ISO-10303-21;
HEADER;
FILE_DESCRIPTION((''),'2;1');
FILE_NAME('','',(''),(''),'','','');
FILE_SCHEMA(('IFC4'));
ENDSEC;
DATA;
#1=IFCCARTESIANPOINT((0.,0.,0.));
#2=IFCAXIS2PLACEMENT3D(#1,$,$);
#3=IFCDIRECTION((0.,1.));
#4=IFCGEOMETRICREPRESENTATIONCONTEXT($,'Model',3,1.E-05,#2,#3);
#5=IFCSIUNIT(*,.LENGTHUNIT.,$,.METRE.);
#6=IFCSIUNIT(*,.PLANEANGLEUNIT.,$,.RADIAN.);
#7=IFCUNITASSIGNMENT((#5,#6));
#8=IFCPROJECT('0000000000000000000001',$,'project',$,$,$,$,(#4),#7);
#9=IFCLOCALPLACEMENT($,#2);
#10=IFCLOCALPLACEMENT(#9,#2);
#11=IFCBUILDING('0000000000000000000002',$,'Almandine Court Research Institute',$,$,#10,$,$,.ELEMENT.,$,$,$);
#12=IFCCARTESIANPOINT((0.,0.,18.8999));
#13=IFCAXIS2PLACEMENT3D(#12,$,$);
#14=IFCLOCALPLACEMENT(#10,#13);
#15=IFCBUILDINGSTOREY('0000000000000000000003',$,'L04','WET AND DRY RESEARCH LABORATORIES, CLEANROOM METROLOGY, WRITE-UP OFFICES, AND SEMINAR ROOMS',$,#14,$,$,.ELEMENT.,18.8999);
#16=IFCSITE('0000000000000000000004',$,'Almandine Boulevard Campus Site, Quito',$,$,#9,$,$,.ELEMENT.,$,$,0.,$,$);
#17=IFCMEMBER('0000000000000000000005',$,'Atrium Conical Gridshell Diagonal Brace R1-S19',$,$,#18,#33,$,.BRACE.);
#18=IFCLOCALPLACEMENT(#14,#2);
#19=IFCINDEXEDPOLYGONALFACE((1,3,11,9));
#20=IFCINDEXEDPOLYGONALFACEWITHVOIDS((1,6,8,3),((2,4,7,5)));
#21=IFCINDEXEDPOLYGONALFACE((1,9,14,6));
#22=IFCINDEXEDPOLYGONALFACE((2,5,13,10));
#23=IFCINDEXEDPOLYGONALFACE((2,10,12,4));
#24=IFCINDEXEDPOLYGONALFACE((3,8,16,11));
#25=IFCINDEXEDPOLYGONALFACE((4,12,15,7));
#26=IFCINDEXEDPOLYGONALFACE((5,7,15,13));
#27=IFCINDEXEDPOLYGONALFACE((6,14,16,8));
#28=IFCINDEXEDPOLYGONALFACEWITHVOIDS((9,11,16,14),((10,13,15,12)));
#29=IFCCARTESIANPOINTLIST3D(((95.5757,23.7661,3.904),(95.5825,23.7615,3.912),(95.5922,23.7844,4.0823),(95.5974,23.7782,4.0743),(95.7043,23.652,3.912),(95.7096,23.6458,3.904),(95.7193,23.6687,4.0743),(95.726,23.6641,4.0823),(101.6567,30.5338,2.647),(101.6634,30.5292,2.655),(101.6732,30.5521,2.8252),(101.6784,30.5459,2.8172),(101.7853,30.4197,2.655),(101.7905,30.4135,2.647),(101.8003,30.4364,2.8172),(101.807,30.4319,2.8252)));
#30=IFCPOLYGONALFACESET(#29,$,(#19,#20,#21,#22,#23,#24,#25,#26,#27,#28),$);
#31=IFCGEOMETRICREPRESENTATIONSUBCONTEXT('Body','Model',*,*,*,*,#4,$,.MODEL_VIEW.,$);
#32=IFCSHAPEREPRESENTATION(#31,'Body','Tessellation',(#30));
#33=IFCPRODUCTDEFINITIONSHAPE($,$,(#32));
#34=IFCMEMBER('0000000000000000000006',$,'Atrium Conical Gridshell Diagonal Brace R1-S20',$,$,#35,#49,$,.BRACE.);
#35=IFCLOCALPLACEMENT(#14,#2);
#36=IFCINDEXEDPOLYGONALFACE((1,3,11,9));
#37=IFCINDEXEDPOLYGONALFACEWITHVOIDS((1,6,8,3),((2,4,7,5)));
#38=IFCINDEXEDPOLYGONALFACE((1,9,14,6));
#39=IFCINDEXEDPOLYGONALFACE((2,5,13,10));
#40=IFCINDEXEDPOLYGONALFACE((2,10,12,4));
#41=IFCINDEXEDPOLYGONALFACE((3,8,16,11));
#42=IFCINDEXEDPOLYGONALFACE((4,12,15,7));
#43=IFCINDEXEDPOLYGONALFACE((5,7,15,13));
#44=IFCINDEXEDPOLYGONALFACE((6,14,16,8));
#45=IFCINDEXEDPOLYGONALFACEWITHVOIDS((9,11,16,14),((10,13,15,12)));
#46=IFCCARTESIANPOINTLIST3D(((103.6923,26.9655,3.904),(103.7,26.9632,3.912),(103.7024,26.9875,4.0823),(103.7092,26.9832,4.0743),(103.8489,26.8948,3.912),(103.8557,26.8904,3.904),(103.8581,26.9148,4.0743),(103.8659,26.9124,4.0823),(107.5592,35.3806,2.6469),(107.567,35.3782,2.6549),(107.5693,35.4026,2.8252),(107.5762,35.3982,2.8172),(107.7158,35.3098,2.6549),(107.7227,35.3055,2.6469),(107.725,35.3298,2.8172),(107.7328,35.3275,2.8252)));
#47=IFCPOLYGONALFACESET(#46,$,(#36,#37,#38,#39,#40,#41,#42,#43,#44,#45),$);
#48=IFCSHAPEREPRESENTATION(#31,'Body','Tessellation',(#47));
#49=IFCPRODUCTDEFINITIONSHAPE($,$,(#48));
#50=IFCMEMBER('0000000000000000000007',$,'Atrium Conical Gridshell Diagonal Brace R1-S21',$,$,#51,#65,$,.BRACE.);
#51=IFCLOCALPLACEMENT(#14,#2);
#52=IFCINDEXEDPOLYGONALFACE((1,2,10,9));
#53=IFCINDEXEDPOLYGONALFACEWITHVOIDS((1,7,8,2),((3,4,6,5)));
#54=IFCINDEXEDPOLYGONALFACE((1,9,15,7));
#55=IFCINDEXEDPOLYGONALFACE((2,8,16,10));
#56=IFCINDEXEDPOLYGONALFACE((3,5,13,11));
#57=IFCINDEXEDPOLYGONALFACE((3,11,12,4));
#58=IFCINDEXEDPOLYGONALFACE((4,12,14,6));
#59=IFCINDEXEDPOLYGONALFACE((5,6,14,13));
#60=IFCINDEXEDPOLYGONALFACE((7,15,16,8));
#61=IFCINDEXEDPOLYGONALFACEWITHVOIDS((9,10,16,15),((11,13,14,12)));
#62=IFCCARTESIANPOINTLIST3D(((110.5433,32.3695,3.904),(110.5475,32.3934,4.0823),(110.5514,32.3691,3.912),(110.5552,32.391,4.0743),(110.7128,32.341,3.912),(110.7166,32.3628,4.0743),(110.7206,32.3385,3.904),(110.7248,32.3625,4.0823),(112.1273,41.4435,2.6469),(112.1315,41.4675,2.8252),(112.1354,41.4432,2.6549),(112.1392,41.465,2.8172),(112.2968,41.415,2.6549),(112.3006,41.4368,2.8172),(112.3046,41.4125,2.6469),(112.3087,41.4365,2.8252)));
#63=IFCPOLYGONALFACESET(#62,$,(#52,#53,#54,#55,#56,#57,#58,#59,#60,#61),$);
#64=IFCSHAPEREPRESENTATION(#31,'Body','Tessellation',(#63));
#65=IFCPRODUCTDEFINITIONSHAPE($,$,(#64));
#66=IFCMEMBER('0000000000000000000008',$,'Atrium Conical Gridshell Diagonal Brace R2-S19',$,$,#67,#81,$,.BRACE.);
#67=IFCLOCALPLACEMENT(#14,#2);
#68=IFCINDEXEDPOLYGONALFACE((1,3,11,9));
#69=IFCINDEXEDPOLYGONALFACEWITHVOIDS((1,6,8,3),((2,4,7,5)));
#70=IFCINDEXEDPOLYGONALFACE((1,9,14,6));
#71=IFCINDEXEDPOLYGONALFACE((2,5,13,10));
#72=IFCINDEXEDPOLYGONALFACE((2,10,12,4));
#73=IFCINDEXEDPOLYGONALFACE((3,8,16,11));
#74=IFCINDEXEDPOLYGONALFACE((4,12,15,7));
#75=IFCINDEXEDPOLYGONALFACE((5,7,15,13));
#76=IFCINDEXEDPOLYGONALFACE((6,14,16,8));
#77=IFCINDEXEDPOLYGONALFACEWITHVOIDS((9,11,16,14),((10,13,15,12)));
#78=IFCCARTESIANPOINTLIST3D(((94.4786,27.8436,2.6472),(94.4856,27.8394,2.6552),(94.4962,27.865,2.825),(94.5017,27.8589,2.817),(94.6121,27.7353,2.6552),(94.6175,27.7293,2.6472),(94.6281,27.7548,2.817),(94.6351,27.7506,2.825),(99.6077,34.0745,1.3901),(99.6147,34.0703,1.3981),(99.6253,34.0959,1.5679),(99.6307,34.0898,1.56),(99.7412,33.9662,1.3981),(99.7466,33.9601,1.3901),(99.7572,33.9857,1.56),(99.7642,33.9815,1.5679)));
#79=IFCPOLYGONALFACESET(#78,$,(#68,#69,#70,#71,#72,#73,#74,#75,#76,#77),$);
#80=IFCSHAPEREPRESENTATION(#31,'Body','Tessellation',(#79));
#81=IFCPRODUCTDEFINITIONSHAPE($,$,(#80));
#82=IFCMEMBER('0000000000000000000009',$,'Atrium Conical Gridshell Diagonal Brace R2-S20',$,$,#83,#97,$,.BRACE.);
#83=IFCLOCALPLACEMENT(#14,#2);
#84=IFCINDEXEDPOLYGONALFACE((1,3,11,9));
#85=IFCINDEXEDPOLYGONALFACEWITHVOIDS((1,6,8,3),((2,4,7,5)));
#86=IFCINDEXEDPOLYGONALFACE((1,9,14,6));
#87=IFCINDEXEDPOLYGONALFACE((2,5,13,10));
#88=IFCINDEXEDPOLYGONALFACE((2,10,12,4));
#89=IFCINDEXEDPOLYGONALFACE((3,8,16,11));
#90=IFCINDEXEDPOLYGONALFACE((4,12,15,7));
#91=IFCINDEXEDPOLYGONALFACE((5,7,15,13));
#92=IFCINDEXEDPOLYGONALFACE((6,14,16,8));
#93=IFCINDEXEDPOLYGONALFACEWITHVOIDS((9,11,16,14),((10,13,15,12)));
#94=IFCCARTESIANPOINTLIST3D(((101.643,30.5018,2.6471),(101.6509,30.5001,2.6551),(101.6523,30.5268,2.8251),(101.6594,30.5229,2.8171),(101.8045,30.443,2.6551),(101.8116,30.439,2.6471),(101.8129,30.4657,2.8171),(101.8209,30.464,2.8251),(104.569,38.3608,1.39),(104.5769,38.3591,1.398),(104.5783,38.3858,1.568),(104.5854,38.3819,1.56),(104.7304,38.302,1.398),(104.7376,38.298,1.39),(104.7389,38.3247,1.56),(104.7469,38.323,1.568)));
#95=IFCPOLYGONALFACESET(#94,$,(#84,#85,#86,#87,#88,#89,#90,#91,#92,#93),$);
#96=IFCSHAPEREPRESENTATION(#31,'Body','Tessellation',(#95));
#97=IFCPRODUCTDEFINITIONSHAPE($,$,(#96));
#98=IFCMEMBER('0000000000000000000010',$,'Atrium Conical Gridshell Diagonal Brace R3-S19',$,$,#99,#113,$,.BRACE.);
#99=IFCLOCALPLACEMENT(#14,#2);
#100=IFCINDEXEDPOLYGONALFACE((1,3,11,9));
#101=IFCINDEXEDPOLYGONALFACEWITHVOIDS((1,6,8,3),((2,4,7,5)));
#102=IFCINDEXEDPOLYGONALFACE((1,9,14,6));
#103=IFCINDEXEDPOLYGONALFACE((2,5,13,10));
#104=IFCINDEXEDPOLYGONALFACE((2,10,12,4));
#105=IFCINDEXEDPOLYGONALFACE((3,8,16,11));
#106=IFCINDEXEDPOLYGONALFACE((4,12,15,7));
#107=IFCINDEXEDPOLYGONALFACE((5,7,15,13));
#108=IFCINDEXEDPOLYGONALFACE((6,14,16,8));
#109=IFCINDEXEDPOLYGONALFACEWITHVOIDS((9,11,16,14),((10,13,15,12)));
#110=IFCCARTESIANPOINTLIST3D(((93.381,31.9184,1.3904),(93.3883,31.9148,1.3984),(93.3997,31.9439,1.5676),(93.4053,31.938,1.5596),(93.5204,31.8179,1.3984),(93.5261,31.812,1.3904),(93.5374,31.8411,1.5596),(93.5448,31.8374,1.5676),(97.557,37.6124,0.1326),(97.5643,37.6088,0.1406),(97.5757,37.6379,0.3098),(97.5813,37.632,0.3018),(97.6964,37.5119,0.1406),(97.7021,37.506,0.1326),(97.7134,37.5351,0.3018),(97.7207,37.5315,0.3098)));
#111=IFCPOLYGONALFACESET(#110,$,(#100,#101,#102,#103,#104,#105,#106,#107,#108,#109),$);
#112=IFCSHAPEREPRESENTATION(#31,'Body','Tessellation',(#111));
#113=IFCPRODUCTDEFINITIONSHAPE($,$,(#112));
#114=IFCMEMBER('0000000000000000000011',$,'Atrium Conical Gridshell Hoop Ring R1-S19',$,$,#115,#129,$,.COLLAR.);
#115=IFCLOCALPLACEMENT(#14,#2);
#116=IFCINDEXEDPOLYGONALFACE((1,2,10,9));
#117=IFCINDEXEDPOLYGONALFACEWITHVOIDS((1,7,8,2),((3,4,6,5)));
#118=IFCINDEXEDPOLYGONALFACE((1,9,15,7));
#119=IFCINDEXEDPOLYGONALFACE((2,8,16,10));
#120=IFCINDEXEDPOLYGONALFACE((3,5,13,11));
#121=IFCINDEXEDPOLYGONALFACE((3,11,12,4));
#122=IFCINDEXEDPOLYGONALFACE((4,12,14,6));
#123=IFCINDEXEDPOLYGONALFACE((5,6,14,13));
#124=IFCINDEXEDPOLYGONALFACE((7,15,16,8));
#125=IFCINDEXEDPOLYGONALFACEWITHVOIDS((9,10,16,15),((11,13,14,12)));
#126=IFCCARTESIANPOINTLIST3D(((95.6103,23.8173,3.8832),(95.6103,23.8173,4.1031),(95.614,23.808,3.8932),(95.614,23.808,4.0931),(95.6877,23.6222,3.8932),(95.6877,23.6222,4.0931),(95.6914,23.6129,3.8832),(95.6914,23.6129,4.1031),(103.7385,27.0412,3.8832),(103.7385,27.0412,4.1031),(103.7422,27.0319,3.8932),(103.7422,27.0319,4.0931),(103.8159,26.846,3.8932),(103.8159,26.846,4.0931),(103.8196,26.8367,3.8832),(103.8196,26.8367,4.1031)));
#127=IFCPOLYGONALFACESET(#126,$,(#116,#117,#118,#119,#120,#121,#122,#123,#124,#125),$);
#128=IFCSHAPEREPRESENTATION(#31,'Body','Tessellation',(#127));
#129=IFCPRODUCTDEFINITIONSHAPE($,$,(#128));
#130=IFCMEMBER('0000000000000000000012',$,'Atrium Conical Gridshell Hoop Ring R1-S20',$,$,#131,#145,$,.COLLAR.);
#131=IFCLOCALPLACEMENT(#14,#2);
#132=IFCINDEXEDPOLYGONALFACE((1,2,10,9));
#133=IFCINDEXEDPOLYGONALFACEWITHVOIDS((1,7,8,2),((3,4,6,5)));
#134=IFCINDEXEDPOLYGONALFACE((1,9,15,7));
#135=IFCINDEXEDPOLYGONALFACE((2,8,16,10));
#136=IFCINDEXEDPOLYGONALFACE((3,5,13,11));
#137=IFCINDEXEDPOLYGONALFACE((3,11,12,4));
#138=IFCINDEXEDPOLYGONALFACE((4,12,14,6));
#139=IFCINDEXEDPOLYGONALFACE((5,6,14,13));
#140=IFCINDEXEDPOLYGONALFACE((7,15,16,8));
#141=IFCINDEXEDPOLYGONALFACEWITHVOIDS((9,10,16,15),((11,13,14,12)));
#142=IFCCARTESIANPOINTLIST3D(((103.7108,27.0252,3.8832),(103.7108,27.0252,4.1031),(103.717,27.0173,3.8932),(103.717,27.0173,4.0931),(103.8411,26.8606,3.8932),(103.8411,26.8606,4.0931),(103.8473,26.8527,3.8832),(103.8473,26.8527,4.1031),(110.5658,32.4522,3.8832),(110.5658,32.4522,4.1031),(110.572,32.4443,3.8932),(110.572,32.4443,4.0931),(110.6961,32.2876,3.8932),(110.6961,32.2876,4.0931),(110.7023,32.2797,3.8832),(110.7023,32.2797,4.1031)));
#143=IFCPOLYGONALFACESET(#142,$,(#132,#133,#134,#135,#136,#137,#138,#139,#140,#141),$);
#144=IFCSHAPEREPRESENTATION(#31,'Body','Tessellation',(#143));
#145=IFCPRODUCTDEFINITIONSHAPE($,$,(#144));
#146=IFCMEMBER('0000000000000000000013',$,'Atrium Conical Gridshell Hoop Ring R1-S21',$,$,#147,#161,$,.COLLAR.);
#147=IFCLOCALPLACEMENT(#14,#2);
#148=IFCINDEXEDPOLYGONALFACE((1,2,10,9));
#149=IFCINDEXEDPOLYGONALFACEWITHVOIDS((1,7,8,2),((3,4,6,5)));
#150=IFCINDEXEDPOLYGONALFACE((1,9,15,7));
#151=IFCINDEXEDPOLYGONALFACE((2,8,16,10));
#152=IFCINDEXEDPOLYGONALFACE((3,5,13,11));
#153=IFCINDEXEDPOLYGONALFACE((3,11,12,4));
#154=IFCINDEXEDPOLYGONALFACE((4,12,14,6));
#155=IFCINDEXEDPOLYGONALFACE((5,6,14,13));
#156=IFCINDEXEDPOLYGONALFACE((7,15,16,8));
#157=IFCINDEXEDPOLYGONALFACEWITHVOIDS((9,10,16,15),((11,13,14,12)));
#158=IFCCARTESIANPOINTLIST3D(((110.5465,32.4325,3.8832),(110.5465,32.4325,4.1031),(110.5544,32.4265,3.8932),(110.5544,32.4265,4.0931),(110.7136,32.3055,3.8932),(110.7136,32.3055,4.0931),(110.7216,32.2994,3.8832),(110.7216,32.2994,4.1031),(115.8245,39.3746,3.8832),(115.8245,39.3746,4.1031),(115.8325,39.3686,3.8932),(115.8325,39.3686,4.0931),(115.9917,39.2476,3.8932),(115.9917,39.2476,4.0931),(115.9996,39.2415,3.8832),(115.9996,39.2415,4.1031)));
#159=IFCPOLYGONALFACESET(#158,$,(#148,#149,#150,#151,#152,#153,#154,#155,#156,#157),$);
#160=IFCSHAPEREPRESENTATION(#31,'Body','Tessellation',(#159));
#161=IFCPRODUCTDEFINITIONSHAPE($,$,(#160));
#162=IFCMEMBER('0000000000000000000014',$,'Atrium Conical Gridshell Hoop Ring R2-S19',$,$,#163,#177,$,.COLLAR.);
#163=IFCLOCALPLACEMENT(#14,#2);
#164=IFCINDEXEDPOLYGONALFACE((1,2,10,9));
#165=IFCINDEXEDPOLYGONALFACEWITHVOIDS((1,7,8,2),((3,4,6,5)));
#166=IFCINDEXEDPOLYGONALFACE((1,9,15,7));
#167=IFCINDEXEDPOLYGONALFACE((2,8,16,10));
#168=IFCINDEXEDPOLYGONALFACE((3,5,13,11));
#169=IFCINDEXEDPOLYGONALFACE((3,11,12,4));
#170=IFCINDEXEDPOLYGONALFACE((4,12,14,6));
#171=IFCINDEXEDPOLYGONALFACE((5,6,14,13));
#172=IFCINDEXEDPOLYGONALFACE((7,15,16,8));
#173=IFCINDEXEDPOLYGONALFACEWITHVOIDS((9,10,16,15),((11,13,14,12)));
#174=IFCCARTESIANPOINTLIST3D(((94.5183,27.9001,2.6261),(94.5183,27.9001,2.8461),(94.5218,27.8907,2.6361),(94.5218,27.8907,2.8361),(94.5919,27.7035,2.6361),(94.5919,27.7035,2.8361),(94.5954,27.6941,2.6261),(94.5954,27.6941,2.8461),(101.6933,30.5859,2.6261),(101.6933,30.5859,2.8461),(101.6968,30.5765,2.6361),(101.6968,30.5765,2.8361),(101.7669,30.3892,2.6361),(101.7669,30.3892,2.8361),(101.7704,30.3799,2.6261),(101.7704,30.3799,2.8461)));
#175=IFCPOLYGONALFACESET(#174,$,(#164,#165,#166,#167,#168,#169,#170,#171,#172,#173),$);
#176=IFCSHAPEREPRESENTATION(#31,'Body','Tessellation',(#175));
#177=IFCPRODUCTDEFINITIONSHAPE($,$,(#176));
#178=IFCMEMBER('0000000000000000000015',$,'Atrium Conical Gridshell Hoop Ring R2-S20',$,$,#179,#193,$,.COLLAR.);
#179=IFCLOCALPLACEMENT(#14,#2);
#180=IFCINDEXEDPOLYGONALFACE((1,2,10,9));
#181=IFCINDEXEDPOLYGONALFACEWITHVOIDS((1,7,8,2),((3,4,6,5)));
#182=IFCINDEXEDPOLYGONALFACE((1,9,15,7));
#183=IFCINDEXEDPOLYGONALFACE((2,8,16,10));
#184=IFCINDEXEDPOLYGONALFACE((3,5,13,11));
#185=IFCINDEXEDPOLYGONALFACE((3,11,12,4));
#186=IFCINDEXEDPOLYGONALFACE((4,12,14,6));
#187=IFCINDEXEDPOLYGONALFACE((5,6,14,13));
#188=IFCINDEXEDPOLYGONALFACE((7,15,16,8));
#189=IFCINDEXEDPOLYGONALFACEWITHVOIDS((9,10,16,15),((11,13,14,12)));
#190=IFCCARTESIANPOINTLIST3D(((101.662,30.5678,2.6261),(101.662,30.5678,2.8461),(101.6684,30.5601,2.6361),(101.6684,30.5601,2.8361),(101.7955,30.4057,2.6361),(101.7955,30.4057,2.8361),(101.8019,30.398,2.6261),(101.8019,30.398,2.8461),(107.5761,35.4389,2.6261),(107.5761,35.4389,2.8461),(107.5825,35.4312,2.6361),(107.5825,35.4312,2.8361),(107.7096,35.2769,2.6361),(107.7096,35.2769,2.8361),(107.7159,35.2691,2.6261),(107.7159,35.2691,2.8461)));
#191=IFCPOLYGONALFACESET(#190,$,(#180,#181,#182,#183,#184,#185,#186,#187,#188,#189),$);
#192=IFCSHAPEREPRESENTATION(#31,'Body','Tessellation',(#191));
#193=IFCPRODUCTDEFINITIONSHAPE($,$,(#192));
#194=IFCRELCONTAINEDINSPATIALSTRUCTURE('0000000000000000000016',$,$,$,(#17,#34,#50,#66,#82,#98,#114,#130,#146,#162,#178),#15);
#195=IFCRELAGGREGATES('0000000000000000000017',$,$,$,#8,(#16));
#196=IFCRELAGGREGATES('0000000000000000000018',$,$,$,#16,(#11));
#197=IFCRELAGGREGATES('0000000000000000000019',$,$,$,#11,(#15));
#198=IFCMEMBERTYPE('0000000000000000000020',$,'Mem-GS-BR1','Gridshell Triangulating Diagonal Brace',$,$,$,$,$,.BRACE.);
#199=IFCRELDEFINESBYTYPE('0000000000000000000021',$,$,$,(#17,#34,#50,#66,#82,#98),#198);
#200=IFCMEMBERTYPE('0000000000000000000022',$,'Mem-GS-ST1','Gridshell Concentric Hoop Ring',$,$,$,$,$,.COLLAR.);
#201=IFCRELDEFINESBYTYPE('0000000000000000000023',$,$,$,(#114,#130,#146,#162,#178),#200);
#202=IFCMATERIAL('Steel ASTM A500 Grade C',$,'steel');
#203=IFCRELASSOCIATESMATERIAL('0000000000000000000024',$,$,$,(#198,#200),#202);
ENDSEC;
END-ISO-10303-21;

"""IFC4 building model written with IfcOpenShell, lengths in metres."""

from ifc_helpers import new_model, si_unit, direction, frame, origin, origin_2d, place, context, subcontext, project, spatial, hollow_rectangle, extrude, material, material_profile, profile_set, type_object, element, save


model = new_model("IFC4")

# Units and contexts
model_context = context("Model", 3, precision=1e-05, world=origin(), true_north=direction((0.0, 1.0)))
body_context = subcontext(model_context, "Body", "Model", "MODEL_VIEW")
ifc_project = project(units=[si_unit("LENGTHUNIT", "METRE"), si_unit("PLANEANGLEUNIT", "RADIAN")], contexts=[model_context])

# Site, building, storey
site_placement = place(None, origin())
site = spatial("IfcSite", under=ifc_project, at=site_placement, Name="Almandine Boulevard Campus Site, Quito", CompositionType="ELEMENT", RefElevation=0.0)
building_placement = place(site_placement, origin())
building = spatial("IfcBuilding", under=site, at=building_placement, Name="Almandine Court Research Institute", CompositionType="ELEMENT")
storey_placement = place(building_placement, frame((0.0, 0.0, 18.8999)))
storey = spatial("IfcBuildingStorey", under=building, at=storey_placement, Name="L04", Description="WET AND DRY RESEARCH LABORATORIES, CLEANROOM METROLOGY, WRITE-UP OFFICES, AND SEMINAR ROOMS", CompositionType="ELEMENT", Elevation=18.8999)

# Shared definitions
ifc_material_1 = material(Name="Steel ASTM A500 Grade C", Category="steel")

# Members
ifc_material_profile_1 = material_profile(ifc_material_1, hollow_rectangle(XDim=0.1799, YDim=0.1799, WallThickness=0.0081, at=origin_2d()), Name="HSS 180x180x8")
ifc_profile_set_1 = profile_set([ifc_material_profile_1], Name="Steel ASTM A500 Grade C")
member_type_1 = type_object("IfcMemberType", Name="Mem-GS-BR1", Description="Gridshell Triangulating Diagonal Brace", PredefinedType="BRACE", material=ifc_profile_set_1)
member_1_placement = place(storey_placement, frame((95.6509, 23.7151, 3.9932), z_axis=(0.662069, 0.73684, -0.136863), x_axis=(-0.74384, 0.668358, 0.0)))
element("IfcMember", 1, at=member_1_placement, inside=storey, type_object=member_type_1, Name="Atrium Conical Gridshell Diagonal Brace R1-S19", PredefinedType="BRACE", context=body_context, shape_type="SweptSolid", body=[
    extrude(hollow_rectangle(XDim=0.1799, YDim=0.1799, WallThickness=0.0081, at=origin_2d()), origin(), (0.0, 0.0, 1.0), 9.1848),
])
member_2_placement = place(storey_placement, frame((103.7791, 26.939, 3.9932), z_axis=(0.413757, 0.900396, -0.134506), x_axis=(-0.908653, 0.417551, 0.0)))
element("IfcMember", 2, at=member_2_placement, inside=storey, type_object=member_type_1, Name="Atrium Conical Gridshell Diagonal Brace R1-S20", PredefinedType="BRACE", context=body_context, shape_type="SweptSolid", body=[
    extrude(hollow_rectangle(XDim=0.1799, YDim=0.1799, WallThickness=0.0081, at=origin_2d()), origin(), (0.0, 0.0, 1.0), 9.3459),
])
member_3_placement = place(storey_placement, frame((110.634, 32.366, 3.9932), z_axis=(0.170384, 0.976056, -0.13522), x_axis=(-0.985103, 0.171963, 0.0)))
element("IfcMember", 3, at=member_3_placement, inside=storey, type_object=member_type_1, Name="Atrium Conical Gridshell Diagonal Brace R1-S21", PredefinedType="BRACE", context=body_context, shape_type="SweptSolid", body=[
    extrude(hollow_rectangle(XDim=0.1799, YDim=0.1799, WallThickness=0.0081, at=origin_2d()), origin(), (0.0, 0.0, 1.0), 9.2966),
])
member_4_placement = place(storey_placement, frame((94.5569, 27.7971, 2.7361), z_axis=(0.627971, 0.762867, -0.153906), x_axis=(-0.772066, 0.635543, 0.0)))
element("IfcMember", 4, at=member_4_placement, inside=storey, type_object=member_type_1, Name="Atrium Conical Gridshell Diagonal Brace R2-S19", PredefinedType="BRACE", context=body_context, shape_type="SweptSolid", body=[
    extrude(hollow_rectangle(XDim=0.1799, YDim=0.1799, WallThickness=0.0081, at=origin_2d()), origin(), (0.0, 0.0, 1.0), 8.1677),
])
member_5_placement = place(storey_placement, frame((101.7319, 30.4829, 2.7361), z_axis=(0.345056, 0.926801, -0.148243), x_axis=(-0.937156, 0.348912, 0.0)))
element("IfcMember", 5, at=member_5_placement, inside=storey, type_object=member_type_1, Name="Atrium Conical Gridshell Diagonal Brace R2-S20", PredefinedType="BRACE", context=body_context, shape_type="SweptSolid", body=[
    extrude(hollow_rectangle(XDim=0.1799, YDim=0.1799, WallThickness=0.0081, at=origin_2d()), origin(), (0.0, 0.0, 1.0), 8.4797),
])
member_6_placement = place(storey_placement, frame((93.4629, 31.8779, 1.479), z_axis=(0.582232, 0.793884, -0.175367), x_axis=(-0.806381, 0.591397, 0.0)))
element("IfcMember", 6, at=member_6_placement, inside=storey, type_object=member_type_1, Name="Atrium Conical Gridshell Diagonal Brace R3-S19", PredefinedType="BRACE", context=body_context, shape_type="SweptSolid", body=[
    extrude(hollow_rectangle(XDim=0.1799, YDim=0.1799, WallThickness=0.0081, at=origin_2d()), origin(), (0.0, 0.0, 1.0), 7.1724),
])
ifc_material_profile_2 = material_profile(ifc_material_1, hollow_rectangle(XDim=0.22, YDim=0.22, WallThickness=0.01, at=origin_2d()), Name="HSS 220x220x10")
ifc_profile_set_2 = profile_set([ifc_material_profile_2], Name="Steel ASTM A500 Grade C")
member_type_2 = type_object("IfcMemberType", Name="Mem-GS-ST1", Description="Gridshell Concentric Hoop Ring", PredefinedType="COLLAR", material=ifc_profile_set_2)
member_7_placement = place(storey_placement, frame((95.6509, 23.7151, 3.9932), z_axis=(0.929553, 0.368689, 0.0), x_axis=(-0.368689, 0.929553, 0.0)))
element("IfcMember", 7, at=member_7_placement, inside=storey, type_object=member_type_2, Name="Atrium Conical Gridshell Hoop Ring R1-S19", PredefinedType="COLLAR", context=body_context, shape_type="SweptSolid", body=[
    extrude(hollow_rectangle(XDim=0.22, YDim=0.22, WallThickness=0.01, at=origin_2d()), origin(), (0.0, 0.0, 1.0), 8.7441),
])
member_8_placement = place(storey_placement, frame((103.7791, 26.939, 3.9932), z_axis=(0.784038, 0.620713, 0.0), x_axis=(-0.620713, 0.784038, 0.0)))
element("IfcMember", 8, at=member_8_placement, inside=storey, type_object=member_type_2, Name="Atrium Conical Gridshell Hoop Ring R1-S20", PredefinedType="COLLAR", context=body_context, shape_type="SweptSolid", body=[
    extrude(hollow_rectangle(XDim=0.22, YDim=0.22, WallThickness=0.01, at=origin_2d()), origin(), (0.0, 0.0, 1.0), 8.7432),
])
member_9_placement = place(storey_placement, frame((110.634, 32.366, 3.9932), z_axis=(0.605232, 0.796049, 0.0), x_axis=(-0.796049, 0.605232, 0.0)))
element("IfcMember", 9, at=member_9_placement, inside=storey, type_object=member_type_2, Name="Atrium Conical Gridshell Hoop Ring R1-S21", PredefinedType="COLLAR", context=body_context, shape_type="SweptSolid", body=[
    extrude(hollow_rectangle(XDim=0.22, YDim=0.22, WallThickness=0.01, at=origin_2d()), origin(), (0.0, 0.0, 1.0), 8.7207),
])
member_10_placement = place(storey_placement, frame((94.5569, 27.7971, 2.7361), z_axis=(0.936537, 0.350568, 0.0), x_axis=(-0.350568, 0.936537, 0.0)))
element("IfcMember", 10, at=member_10_placement, inside=storey, type_object=member_type_2, Name="Atrium Conical Gridshell Hoop Ring R2-S19", PredefinedType="COLLAR", context=body_context, shape_type="SweptSolid", body=[
    extrude(hollow_rectangle(XDim=0.22, YDim=0.22, WallThickness=0.01, at=origin_2d()), origin(), (0.0, 0.0, 1.0), 7.6611),
])
member_11_placement = place(storey_placement, frame((101.7319, 30.4829, 2.7361), z_axis=(0.771886, 0.635761, 0.0), x_axis=(-0.635761, 0.771886, 0.0)))
element("IfcMember", 11, at=member_11_placement, inside=storey, type_object=member_type_2, Name="Atrium Conical Gridshell Hoop Ring R2-S20", PredefinedType="COLLAR", context=body_context, shape_type="SweptSolid", body=[
    extrude(hollow_rectangle(XDim=0.22, YDim=0.22, WallThickness=0.01, at=origin_2d()), origin(), (0.0, 0.0, 1.0), 7.6619),
])

save(model, "model.ifc")
